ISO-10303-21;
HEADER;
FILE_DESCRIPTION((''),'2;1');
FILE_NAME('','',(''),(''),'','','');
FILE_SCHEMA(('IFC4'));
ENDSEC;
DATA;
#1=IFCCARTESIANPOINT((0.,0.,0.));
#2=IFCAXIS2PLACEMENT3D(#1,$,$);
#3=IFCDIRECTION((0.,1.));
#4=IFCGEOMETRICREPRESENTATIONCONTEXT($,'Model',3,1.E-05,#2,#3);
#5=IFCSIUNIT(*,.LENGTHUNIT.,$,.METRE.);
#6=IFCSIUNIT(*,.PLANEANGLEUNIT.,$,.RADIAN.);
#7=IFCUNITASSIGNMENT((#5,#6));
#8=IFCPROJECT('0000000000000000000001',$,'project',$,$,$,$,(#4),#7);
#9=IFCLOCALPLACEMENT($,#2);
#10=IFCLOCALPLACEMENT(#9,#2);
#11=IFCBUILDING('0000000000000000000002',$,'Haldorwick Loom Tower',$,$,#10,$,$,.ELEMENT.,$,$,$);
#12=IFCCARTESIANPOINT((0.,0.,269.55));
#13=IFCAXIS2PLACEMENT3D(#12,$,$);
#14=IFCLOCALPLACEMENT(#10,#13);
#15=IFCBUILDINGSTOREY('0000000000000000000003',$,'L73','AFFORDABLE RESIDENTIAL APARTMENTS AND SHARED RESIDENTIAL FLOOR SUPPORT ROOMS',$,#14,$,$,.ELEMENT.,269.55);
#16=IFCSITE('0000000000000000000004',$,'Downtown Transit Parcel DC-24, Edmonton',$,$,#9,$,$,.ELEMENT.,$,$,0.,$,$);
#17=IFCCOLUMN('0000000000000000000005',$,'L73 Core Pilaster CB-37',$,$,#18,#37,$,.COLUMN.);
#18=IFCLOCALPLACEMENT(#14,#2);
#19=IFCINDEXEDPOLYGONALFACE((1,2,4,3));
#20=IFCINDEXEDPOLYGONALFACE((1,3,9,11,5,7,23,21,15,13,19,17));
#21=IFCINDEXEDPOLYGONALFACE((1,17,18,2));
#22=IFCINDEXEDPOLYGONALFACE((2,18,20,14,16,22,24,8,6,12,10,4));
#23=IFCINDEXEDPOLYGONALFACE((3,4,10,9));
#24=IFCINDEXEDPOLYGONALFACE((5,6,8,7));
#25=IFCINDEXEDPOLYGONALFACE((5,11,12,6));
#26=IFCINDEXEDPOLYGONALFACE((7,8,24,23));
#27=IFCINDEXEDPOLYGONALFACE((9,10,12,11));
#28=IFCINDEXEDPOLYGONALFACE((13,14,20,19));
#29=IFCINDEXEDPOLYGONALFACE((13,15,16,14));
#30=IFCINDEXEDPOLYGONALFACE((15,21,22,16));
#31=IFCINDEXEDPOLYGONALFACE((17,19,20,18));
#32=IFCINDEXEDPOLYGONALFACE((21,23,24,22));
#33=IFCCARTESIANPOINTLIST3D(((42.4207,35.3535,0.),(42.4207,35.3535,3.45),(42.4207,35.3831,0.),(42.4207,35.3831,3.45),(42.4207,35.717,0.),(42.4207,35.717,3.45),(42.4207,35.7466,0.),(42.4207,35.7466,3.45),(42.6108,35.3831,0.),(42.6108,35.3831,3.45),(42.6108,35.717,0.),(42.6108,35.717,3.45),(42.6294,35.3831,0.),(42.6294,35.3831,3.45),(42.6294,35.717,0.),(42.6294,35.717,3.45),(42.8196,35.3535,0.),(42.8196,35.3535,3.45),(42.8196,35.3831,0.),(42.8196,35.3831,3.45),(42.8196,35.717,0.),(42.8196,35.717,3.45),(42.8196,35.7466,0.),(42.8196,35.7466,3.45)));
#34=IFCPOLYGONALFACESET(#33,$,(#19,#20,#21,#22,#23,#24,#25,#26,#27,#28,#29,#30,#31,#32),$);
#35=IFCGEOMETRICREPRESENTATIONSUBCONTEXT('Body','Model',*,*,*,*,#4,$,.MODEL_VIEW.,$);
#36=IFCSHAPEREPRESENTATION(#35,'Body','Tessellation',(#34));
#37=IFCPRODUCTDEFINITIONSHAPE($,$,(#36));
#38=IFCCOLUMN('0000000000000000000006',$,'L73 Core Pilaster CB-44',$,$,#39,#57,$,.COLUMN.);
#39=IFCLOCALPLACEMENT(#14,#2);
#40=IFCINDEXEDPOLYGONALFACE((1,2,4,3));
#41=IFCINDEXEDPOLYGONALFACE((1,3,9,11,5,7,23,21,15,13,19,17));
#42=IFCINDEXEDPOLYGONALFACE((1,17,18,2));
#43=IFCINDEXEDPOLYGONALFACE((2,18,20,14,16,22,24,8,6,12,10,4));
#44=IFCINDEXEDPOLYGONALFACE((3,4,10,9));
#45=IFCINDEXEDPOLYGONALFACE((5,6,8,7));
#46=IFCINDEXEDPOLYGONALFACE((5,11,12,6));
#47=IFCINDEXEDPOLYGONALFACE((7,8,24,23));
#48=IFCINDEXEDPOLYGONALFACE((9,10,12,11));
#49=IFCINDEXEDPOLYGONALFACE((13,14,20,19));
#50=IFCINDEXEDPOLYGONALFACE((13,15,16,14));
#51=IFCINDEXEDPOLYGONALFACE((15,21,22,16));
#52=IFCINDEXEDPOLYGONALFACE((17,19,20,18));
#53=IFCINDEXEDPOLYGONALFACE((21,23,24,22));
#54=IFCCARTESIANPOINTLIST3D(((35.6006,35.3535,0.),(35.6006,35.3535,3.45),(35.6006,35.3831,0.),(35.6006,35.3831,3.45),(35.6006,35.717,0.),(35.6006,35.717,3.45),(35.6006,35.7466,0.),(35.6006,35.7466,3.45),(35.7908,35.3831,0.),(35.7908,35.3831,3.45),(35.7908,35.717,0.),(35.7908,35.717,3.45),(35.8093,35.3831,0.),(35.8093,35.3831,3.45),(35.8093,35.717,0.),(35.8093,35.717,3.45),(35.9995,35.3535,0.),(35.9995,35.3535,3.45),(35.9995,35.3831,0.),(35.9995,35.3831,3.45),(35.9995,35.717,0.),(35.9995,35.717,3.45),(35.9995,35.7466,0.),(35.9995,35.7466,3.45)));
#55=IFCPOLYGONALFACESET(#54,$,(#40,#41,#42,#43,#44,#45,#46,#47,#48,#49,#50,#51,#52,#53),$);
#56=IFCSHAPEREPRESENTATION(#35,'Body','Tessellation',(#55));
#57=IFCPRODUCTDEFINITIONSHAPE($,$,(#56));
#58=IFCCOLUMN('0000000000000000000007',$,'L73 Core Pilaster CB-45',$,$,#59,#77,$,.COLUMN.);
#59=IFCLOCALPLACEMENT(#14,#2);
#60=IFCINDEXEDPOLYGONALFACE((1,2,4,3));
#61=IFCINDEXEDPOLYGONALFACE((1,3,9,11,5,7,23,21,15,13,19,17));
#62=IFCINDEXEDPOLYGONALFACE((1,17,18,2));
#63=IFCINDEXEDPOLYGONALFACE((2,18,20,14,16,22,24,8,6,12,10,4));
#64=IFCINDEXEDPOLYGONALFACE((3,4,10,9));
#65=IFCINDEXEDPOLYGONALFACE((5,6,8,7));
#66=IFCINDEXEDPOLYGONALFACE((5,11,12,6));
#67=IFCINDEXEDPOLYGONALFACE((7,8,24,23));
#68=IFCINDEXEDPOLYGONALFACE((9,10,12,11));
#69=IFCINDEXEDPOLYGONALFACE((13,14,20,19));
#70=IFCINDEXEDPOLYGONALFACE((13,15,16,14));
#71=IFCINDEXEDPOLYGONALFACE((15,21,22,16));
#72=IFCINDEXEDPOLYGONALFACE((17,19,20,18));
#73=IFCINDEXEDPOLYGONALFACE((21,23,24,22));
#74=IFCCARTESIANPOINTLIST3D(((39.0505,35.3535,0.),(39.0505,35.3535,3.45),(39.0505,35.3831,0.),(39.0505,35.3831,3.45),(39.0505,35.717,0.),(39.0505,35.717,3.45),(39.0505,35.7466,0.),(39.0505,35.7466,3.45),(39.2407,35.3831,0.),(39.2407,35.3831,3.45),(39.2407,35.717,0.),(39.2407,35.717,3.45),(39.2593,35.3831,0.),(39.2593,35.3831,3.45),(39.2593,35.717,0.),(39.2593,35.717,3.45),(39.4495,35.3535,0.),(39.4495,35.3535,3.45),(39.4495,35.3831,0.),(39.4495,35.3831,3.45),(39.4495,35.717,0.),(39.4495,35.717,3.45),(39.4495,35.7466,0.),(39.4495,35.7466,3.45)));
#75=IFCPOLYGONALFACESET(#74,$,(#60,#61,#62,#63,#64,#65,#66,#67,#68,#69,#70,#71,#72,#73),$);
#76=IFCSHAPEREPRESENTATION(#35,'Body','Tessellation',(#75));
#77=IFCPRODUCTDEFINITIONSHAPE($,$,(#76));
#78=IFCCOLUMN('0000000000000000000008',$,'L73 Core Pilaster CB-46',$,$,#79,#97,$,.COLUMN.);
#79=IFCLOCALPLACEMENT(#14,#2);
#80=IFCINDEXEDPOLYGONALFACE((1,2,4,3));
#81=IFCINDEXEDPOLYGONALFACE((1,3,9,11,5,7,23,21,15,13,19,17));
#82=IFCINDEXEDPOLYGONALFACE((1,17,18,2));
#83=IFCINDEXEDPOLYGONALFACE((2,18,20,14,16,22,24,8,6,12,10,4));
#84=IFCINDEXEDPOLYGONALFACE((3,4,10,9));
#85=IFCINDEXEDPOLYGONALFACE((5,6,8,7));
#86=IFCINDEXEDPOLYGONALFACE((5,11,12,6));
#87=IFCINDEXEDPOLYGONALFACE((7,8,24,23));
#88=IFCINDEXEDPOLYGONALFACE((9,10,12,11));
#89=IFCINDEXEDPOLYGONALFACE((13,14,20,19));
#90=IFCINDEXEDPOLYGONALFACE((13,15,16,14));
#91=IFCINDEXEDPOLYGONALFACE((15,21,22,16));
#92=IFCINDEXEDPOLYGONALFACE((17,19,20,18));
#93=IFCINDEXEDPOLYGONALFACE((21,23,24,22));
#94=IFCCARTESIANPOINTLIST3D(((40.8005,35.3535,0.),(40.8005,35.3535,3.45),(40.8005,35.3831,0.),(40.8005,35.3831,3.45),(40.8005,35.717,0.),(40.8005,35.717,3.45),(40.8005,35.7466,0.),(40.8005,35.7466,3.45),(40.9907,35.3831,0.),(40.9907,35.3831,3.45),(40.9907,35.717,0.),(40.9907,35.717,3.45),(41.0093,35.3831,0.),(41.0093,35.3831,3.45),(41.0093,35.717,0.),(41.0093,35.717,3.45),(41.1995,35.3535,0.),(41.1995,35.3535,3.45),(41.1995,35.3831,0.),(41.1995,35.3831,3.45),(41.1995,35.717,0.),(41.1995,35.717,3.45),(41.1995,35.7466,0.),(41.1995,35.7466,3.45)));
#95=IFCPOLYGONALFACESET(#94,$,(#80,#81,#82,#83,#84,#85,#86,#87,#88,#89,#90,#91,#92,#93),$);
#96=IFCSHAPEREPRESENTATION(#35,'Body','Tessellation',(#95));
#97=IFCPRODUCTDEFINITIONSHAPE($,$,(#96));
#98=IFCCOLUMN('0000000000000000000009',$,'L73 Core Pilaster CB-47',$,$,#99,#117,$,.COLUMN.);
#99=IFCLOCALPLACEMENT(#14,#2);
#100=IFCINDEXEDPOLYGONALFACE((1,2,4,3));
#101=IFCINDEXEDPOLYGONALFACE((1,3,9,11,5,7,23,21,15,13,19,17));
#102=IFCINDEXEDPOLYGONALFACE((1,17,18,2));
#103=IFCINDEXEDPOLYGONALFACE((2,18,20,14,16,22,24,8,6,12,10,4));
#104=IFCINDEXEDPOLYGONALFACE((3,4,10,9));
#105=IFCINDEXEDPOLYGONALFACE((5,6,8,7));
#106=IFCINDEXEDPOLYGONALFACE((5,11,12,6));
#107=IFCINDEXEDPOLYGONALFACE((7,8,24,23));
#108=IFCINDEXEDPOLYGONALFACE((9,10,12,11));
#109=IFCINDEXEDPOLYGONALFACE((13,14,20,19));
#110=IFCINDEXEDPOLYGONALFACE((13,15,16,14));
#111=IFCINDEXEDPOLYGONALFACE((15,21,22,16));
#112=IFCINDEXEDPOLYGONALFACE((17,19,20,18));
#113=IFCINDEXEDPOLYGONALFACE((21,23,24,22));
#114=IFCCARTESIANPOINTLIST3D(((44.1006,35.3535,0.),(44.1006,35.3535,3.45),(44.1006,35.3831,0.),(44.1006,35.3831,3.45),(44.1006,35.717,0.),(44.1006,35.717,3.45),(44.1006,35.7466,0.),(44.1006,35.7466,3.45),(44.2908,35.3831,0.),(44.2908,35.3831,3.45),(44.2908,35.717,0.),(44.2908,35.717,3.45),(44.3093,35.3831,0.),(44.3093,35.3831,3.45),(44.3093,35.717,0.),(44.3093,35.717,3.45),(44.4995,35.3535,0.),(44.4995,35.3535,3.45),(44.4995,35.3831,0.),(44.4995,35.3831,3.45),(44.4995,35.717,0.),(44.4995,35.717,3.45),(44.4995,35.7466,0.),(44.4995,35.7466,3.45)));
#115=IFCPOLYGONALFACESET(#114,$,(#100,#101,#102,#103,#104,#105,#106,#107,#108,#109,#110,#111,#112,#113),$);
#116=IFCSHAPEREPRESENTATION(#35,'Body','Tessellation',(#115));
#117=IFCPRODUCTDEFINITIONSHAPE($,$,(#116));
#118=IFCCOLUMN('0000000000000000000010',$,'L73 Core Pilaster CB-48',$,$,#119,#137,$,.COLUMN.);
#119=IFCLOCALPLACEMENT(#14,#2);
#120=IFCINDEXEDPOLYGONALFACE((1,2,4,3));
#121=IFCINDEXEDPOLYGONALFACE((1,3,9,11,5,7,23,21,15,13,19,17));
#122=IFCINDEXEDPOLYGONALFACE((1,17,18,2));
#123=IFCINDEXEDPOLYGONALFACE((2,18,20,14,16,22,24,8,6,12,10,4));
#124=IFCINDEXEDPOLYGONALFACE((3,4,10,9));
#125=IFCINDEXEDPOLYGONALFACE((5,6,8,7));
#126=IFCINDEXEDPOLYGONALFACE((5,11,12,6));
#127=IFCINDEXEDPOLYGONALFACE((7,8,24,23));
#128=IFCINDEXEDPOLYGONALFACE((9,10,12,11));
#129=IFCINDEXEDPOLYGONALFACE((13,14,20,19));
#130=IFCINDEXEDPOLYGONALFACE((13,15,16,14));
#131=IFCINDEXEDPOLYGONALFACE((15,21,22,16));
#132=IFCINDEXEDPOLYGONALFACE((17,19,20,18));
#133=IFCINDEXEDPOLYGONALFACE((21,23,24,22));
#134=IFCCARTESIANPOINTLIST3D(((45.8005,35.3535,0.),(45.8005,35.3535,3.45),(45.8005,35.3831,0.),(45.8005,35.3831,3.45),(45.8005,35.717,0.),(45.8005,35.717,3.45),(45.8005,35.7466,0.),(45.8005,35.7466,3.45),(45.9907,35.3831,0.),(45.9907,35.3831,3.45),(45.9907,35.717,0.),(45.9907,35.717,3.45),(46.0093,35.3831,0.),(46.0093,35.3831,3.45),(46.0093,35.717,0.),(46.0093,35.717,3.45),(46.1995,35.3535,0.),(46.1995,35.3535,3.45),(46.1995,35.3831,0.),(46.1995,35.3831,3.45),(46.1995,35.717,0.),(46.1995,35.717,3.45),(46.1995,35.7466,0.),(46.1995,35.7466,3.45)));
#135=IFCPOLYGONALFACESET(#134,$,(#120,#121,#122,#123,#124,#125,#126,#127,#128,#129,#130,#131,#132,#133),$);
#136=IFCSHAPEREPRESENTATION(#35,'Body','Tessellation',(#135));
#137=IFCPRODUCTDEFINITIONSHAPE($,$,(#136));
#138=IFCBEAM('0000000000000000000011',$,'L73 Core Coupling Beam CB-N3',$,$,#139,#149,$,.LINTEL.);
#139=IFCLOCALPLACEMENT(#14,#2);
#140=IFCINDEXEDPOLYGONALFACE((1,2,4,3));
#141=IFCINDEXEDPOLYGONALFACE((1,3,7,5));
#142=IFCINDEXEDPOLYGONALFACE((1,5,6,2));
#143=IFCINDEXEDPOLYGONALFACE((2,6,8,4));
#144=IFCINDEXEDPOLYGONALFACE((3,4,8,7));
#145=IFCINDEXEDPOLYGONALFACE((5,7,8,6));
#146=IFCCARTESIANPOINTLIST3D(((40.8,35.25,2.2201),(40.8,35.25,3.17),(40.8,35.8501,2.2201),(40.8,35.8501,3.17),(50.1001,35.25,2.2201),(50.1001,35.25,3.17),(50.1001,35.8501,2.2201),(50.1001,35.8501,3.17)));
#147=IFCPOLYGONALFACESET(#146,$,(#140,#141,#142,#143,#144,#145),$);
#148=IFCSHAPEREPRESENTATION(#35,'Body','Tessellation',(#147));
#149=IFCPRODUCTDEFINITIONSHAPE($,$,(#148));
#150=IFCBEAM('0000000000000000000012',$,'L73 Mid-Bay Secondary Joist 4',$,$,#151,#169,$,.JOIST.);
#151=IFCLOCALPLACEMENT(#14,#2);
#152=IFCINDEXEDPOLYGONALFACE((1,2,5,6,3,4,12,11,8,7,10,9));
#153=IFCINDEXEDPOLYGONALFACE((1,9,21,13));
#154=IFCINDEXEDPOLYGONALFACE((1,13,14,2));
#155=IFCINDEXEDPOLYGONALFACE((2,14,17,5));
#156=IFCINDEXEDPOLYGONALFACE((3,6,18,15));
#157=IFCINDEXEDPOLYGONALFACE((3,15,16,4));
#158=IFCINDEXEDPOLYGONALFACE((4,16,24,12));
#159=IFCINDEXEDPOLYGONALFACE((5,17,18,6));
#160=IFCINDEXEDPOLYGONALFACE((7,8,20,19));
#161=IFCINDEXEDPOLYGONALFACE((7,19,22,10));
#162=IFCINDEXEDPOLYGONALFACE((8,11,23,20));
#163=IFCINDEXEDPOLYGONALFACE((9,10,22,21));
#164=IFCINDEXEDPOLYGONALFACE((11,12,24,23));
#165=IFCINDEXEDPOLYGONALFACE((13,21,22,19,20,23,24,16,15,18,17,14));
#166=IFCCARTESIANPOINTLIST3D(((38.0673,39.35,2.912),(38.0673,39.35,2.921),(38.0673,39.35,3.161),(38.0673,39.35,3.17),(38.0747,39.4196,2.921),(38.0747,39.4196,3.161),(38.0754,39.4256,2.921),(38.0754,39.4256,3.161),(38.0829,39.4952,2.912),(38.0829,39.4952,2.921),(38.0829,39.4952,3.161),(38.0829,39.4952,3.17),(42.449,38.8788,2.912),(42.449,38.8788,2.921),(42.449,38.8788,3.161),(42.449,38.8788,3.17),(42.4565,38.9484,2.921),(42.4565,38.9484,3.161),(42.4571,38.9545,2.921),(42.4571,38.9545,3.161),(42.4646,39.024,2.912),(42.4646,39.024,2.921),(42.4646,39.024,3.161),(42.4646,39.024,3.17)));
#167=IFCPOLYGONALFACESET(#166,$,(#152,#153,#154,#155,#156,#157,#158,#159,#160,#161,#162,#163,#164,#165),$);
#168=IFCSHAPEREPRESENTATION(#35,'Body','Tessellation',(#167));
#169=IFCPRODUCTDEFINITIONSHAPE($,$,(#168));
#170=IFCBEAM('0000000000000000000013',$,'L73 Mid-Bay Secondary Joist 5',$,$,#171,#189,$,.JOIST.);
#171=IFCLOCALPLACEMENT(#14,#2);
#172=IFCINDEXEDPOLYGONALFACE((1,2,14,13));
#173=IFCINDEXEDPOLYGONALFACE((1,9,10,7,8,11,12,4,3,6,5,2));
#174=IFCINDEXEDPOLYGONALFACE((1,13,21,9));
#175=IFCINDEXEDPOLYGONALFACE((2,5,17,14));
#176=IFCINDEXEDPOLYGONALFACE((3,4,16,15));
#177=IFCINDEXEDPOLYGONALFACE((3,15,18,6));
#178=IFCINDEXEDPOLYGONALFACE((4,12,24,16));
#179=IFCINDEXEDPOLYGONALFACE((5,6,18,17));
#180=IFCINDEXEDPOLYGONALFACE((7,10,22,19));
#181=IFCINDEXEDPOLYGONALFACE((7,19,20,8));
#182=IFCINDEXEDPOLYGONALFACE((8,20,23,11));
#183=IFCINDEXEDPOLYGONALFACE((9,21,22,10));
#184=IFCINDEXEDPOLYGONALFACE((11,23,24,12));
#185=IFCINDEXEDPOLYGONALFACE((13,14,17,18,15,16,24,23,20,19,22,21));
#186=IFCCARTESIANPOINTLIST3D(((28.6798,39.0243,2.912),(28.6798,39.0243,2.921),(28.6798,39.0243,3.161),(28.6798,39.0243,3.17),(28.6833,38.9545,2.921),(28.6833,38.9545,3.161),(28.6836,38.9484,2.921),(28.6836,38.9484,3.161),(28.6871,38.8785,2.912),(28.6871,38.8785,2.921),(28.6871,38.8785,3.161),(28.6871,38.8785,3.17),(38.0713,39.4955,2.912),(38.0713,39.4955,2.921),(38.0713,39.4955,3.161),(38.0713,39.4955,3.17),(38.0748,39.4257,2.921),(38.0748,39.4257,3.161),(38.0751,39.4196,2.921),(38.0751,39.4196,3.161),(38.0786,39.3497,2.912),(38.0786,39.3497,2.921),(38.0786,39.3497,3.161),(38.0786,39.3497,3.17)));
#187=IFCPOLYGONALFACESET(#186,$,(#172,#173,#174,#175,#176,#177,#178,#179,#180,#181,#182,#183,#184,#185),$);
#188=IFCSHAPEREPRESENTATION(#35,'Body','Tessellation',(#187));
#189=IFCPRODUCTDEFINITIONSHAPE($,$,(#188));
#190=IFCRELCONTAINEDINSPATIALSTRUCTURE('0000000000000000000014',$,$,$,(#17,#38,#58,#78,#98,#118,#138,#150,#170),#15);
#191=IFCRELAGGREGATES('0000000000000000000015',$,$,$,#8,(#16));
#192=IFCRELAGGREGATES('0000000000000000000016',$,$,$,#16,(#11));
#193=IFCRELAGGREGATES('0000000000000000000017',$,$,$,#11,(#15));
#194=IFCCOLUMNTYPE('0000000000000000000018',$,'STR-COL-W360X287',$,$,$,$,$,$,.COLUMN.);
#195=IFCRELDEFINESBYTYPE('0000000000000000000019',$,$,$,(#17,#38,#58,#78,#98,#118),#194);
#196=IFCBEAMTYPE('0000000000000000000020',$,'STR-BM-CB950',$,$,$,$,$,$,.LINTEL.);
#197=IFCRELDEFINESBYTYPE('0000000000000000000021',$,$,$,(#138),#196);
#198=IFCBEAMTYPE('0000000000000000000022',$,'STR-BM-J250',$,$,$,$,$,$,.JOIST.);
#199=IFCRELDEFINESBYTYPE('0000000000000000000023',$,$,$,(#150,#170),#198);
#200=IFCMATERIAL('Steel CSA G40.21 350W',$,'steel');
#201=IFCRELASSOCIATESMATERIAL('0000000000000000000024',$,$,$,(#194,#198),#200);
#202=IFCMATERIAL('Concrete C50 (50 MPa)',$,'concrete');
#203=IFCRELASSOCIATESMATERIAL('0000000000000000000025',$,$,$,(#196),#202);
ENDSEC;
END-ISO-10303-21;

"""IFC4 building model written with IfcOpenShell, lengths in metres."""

from ifc_helpers import new_model, si_unit, direction, frame, origin, origin_2d, place, context, subcontext, project, spatial, rectangle, i_section, extrude, material, material_profile, profile_set, type_object, element, save


model = new_model("IFC4")

# Units and contexts
model_context = context("Model", 3, precision=1e-05, world=origin(), true_north=direction((0.0, 1.0)))
body_context = subcontext(model_context, "Body", "Model", "MODEL_VIEW")
ifc_project = project(units=[si_unit("LENGTHUNIT", "METRE"), si_unit("PLANEANGLEUNIT", "RADIAN")], contexts=[model_context])

# Site, building, storey
site_placement = place(None, origin())
site = spatial("IfcSite", under=ifc_project, at=site_placement, Name="Downtown Transit Parcel DC-24, Edmonton", CompositionType="ELEMENT", RefElevation=0.0)
building_placement = place(site_placement, origin())
building = spatial("IfcBuilding", under=site, at=building_placement, Name="Haldorwick Loom Tower", CompositionType="ELEMENT")
storey_placement = place(building_placement, frame((0.0, 0.0, 269.55)))
storey = spatial("IfcBuildingStorey", under=building, at=storey_placement, Name="L73", Description="AFFORDABLE RESIDENTIAL APARTMENTS AND SHARED RESIDENTIAL FLOOR SUPPORT ROOMS", CompositionType="ELEMENT", Elevation=269.55)

# Columns
ifc_material_1 = material(Name="Steel CSA G40.21 350W", Category="steel")
ifc_material_profile_1 = material_profile(ifc_material_1, i_section(OverallWidth=0.3989, OverallDepth=0.3931, WebThickness=0.0186, FlangeThickness=0.0295, at=origin_2d()), Name="W360X287", Category="steel")
ifc_profile_set_1 = profile_set([ifc_material_profile_1], Name="Steel CSA G40.21 350W")
column_type_1 = type_object("IfcColumnType", Name="STR-COL-W360X287", PredefinedType="COLUMN", material=ifc_profile_set_1)
for number, where, z_axis, x_axis, name in (
    (1, (42.6201, 35.55, 0.0), (0.0, 0.0, 1.0), (1.0, 0.0, 0.0), "L73 Core Pilaster CB-37"),
    (2, (35.8, 35.55, 0.0), (0.0, 0.0, 1.0), (1.0, 0.0, 0.0), "L73 Core Pilaster CB-44"),
    (3, (39.25, 35.55, 0.0), (0.0, 0.0, 1.0), (1.0, 0.0, 0.0), "L73 Core Pilaster CB-45"),
    (4, (41.0, 35.55, 0.0), (0.0, 0.0, 1.0), (1.0, 0.0, 0.0), "L73 Core Pilaster CB-46"),
    (5, (44.3, 35.55, 0.0), (0.0, 0.0, 1.0), (1.0, 0.0, 0.0), "L73 Core Pilaster CB-47"),
    (6, (46.0, 35.55, 0.0), (0.0, 0.0, 1.0), (1.0, 0.0, 0.0), "L73 Core Pilaster CB-48"),
):
    element("IfcColumn", number, at=place(storey_placement, frame(where, z_axis=z_axis, x_axis=x_axis)), inside=storey, type_object=column_type_1, Name=name, PredefinedType="COLUMN", context=body_context, shape_type="SweptSolid", body=[
        extrude(i_section(OverallWidth=0.3989, OverallDepth=0.3931, WebThickness=0.0186, FlangeThickness=0.0295, at=origin_2d()), origin(), (0.0, 0.0, 1.0), 3.45),
    ])

# Beams
ifc_material_2 = material(Name="Concrete C50 (50 MPa)", Category="concrete")
ifc_material_profile_2 = material_profile(ifc_material_2, rectangle(XDim=0.6001, YDim=0.95, at=origin_2d()), Name="RC600X950", Category="concrete")
ifc_profile_set_2 = profile_set([ifc_material_profile_2], Name="Concrete C50 (50 MPa)")
beam_type_1 = type_object("IfcBeamType", Name="STR-BM-CB950", PredefinedType="LINTEL", material=ifc_profile_set_2)
beam_1_placement = place(storey_placement, frame((40.8, 35.55, 2.6951), z_axis=(1.0, 0.0, 0.0), x_axis=(0.0, 1.0, 0.0)))
element("IfcBeam", 7, at=beam_1_placement, inside=storey, type_object=beam_type_1, Name="L73 Core Coupling Beam CB-N3", PredefinedType="LINTEL", context=body_context, shape_type="SweptSolid", body=[
    extrude(rectangle(XDim=0.6001, YDim=0.95, at=origin_2d()), origin(), (0.0, 0.0, 1.0), 9.3),
])
ifc_material_profile_3 = material_profile(ifc_material_1, i_section(OverallWidth=0.146, OverallDepth=0.2581, WebThickness=0.0061, FlangeThickness=0.009, at=origin_2d()), Name="W250X33", Category="steel")
ifc_profile_set_3 = profile_set([ifc_material_profile_3], Name="Steel CSA G40.21 350W")
beam_type_2 = type_object("IfcBeamType", Name="STR-BM-J250", PredefinedType="JOIST", material=ifc_profile_set_3)
beam_2_placement = place(storey_placement, frame((42.4568, 38.9514, 3.041), z_axis=(-0.994268, 0.106916, 0.0), x_axis=(-0.106916, -0.994268, 0.0)))
element("IfcBeam", 8, at=beam_2_placement, inside=storey, type_object=beam_type_2, Name="L73 Mid-Bay Secondary Joist 4", PredefinedType="JOIST", context=body_context, shape_type="SweptSolid", body=[
    extrude(i_section(OverallWidth=0.146, OverallDepth=0.2581, WebThickness=0.0061, FlangeThickness=0.009, at=origin_2d()), origin(), (0.0, 0.0, 1.0), 4.407),
])
beam_3_placement = place(storey_placement, frame((38.075, 39.4226, 3.041), z_axis=(-0.998744, -0.050109, 0.0), x_axis=(0.050109, -0.998744, 0.0)))
element("IfcBeam", 9, at=beam_3_placement, inside=storey, type_object=beam_type_2, Name="L73 Mid-Bay Secondary Joist 5", PredefinedType="JOIST", context=body_context, shape_type="SweptSolid", body=[
    extrude(i_section(OverallWidth=0.146, OverallDepth=0.2581, WebThickness=0.0061, FlangeThickness=0.009, at=origin_2d()), origin(), (0.0, 0.0, 1.0), 9.4033),
])

save(model, "model.ifc")
